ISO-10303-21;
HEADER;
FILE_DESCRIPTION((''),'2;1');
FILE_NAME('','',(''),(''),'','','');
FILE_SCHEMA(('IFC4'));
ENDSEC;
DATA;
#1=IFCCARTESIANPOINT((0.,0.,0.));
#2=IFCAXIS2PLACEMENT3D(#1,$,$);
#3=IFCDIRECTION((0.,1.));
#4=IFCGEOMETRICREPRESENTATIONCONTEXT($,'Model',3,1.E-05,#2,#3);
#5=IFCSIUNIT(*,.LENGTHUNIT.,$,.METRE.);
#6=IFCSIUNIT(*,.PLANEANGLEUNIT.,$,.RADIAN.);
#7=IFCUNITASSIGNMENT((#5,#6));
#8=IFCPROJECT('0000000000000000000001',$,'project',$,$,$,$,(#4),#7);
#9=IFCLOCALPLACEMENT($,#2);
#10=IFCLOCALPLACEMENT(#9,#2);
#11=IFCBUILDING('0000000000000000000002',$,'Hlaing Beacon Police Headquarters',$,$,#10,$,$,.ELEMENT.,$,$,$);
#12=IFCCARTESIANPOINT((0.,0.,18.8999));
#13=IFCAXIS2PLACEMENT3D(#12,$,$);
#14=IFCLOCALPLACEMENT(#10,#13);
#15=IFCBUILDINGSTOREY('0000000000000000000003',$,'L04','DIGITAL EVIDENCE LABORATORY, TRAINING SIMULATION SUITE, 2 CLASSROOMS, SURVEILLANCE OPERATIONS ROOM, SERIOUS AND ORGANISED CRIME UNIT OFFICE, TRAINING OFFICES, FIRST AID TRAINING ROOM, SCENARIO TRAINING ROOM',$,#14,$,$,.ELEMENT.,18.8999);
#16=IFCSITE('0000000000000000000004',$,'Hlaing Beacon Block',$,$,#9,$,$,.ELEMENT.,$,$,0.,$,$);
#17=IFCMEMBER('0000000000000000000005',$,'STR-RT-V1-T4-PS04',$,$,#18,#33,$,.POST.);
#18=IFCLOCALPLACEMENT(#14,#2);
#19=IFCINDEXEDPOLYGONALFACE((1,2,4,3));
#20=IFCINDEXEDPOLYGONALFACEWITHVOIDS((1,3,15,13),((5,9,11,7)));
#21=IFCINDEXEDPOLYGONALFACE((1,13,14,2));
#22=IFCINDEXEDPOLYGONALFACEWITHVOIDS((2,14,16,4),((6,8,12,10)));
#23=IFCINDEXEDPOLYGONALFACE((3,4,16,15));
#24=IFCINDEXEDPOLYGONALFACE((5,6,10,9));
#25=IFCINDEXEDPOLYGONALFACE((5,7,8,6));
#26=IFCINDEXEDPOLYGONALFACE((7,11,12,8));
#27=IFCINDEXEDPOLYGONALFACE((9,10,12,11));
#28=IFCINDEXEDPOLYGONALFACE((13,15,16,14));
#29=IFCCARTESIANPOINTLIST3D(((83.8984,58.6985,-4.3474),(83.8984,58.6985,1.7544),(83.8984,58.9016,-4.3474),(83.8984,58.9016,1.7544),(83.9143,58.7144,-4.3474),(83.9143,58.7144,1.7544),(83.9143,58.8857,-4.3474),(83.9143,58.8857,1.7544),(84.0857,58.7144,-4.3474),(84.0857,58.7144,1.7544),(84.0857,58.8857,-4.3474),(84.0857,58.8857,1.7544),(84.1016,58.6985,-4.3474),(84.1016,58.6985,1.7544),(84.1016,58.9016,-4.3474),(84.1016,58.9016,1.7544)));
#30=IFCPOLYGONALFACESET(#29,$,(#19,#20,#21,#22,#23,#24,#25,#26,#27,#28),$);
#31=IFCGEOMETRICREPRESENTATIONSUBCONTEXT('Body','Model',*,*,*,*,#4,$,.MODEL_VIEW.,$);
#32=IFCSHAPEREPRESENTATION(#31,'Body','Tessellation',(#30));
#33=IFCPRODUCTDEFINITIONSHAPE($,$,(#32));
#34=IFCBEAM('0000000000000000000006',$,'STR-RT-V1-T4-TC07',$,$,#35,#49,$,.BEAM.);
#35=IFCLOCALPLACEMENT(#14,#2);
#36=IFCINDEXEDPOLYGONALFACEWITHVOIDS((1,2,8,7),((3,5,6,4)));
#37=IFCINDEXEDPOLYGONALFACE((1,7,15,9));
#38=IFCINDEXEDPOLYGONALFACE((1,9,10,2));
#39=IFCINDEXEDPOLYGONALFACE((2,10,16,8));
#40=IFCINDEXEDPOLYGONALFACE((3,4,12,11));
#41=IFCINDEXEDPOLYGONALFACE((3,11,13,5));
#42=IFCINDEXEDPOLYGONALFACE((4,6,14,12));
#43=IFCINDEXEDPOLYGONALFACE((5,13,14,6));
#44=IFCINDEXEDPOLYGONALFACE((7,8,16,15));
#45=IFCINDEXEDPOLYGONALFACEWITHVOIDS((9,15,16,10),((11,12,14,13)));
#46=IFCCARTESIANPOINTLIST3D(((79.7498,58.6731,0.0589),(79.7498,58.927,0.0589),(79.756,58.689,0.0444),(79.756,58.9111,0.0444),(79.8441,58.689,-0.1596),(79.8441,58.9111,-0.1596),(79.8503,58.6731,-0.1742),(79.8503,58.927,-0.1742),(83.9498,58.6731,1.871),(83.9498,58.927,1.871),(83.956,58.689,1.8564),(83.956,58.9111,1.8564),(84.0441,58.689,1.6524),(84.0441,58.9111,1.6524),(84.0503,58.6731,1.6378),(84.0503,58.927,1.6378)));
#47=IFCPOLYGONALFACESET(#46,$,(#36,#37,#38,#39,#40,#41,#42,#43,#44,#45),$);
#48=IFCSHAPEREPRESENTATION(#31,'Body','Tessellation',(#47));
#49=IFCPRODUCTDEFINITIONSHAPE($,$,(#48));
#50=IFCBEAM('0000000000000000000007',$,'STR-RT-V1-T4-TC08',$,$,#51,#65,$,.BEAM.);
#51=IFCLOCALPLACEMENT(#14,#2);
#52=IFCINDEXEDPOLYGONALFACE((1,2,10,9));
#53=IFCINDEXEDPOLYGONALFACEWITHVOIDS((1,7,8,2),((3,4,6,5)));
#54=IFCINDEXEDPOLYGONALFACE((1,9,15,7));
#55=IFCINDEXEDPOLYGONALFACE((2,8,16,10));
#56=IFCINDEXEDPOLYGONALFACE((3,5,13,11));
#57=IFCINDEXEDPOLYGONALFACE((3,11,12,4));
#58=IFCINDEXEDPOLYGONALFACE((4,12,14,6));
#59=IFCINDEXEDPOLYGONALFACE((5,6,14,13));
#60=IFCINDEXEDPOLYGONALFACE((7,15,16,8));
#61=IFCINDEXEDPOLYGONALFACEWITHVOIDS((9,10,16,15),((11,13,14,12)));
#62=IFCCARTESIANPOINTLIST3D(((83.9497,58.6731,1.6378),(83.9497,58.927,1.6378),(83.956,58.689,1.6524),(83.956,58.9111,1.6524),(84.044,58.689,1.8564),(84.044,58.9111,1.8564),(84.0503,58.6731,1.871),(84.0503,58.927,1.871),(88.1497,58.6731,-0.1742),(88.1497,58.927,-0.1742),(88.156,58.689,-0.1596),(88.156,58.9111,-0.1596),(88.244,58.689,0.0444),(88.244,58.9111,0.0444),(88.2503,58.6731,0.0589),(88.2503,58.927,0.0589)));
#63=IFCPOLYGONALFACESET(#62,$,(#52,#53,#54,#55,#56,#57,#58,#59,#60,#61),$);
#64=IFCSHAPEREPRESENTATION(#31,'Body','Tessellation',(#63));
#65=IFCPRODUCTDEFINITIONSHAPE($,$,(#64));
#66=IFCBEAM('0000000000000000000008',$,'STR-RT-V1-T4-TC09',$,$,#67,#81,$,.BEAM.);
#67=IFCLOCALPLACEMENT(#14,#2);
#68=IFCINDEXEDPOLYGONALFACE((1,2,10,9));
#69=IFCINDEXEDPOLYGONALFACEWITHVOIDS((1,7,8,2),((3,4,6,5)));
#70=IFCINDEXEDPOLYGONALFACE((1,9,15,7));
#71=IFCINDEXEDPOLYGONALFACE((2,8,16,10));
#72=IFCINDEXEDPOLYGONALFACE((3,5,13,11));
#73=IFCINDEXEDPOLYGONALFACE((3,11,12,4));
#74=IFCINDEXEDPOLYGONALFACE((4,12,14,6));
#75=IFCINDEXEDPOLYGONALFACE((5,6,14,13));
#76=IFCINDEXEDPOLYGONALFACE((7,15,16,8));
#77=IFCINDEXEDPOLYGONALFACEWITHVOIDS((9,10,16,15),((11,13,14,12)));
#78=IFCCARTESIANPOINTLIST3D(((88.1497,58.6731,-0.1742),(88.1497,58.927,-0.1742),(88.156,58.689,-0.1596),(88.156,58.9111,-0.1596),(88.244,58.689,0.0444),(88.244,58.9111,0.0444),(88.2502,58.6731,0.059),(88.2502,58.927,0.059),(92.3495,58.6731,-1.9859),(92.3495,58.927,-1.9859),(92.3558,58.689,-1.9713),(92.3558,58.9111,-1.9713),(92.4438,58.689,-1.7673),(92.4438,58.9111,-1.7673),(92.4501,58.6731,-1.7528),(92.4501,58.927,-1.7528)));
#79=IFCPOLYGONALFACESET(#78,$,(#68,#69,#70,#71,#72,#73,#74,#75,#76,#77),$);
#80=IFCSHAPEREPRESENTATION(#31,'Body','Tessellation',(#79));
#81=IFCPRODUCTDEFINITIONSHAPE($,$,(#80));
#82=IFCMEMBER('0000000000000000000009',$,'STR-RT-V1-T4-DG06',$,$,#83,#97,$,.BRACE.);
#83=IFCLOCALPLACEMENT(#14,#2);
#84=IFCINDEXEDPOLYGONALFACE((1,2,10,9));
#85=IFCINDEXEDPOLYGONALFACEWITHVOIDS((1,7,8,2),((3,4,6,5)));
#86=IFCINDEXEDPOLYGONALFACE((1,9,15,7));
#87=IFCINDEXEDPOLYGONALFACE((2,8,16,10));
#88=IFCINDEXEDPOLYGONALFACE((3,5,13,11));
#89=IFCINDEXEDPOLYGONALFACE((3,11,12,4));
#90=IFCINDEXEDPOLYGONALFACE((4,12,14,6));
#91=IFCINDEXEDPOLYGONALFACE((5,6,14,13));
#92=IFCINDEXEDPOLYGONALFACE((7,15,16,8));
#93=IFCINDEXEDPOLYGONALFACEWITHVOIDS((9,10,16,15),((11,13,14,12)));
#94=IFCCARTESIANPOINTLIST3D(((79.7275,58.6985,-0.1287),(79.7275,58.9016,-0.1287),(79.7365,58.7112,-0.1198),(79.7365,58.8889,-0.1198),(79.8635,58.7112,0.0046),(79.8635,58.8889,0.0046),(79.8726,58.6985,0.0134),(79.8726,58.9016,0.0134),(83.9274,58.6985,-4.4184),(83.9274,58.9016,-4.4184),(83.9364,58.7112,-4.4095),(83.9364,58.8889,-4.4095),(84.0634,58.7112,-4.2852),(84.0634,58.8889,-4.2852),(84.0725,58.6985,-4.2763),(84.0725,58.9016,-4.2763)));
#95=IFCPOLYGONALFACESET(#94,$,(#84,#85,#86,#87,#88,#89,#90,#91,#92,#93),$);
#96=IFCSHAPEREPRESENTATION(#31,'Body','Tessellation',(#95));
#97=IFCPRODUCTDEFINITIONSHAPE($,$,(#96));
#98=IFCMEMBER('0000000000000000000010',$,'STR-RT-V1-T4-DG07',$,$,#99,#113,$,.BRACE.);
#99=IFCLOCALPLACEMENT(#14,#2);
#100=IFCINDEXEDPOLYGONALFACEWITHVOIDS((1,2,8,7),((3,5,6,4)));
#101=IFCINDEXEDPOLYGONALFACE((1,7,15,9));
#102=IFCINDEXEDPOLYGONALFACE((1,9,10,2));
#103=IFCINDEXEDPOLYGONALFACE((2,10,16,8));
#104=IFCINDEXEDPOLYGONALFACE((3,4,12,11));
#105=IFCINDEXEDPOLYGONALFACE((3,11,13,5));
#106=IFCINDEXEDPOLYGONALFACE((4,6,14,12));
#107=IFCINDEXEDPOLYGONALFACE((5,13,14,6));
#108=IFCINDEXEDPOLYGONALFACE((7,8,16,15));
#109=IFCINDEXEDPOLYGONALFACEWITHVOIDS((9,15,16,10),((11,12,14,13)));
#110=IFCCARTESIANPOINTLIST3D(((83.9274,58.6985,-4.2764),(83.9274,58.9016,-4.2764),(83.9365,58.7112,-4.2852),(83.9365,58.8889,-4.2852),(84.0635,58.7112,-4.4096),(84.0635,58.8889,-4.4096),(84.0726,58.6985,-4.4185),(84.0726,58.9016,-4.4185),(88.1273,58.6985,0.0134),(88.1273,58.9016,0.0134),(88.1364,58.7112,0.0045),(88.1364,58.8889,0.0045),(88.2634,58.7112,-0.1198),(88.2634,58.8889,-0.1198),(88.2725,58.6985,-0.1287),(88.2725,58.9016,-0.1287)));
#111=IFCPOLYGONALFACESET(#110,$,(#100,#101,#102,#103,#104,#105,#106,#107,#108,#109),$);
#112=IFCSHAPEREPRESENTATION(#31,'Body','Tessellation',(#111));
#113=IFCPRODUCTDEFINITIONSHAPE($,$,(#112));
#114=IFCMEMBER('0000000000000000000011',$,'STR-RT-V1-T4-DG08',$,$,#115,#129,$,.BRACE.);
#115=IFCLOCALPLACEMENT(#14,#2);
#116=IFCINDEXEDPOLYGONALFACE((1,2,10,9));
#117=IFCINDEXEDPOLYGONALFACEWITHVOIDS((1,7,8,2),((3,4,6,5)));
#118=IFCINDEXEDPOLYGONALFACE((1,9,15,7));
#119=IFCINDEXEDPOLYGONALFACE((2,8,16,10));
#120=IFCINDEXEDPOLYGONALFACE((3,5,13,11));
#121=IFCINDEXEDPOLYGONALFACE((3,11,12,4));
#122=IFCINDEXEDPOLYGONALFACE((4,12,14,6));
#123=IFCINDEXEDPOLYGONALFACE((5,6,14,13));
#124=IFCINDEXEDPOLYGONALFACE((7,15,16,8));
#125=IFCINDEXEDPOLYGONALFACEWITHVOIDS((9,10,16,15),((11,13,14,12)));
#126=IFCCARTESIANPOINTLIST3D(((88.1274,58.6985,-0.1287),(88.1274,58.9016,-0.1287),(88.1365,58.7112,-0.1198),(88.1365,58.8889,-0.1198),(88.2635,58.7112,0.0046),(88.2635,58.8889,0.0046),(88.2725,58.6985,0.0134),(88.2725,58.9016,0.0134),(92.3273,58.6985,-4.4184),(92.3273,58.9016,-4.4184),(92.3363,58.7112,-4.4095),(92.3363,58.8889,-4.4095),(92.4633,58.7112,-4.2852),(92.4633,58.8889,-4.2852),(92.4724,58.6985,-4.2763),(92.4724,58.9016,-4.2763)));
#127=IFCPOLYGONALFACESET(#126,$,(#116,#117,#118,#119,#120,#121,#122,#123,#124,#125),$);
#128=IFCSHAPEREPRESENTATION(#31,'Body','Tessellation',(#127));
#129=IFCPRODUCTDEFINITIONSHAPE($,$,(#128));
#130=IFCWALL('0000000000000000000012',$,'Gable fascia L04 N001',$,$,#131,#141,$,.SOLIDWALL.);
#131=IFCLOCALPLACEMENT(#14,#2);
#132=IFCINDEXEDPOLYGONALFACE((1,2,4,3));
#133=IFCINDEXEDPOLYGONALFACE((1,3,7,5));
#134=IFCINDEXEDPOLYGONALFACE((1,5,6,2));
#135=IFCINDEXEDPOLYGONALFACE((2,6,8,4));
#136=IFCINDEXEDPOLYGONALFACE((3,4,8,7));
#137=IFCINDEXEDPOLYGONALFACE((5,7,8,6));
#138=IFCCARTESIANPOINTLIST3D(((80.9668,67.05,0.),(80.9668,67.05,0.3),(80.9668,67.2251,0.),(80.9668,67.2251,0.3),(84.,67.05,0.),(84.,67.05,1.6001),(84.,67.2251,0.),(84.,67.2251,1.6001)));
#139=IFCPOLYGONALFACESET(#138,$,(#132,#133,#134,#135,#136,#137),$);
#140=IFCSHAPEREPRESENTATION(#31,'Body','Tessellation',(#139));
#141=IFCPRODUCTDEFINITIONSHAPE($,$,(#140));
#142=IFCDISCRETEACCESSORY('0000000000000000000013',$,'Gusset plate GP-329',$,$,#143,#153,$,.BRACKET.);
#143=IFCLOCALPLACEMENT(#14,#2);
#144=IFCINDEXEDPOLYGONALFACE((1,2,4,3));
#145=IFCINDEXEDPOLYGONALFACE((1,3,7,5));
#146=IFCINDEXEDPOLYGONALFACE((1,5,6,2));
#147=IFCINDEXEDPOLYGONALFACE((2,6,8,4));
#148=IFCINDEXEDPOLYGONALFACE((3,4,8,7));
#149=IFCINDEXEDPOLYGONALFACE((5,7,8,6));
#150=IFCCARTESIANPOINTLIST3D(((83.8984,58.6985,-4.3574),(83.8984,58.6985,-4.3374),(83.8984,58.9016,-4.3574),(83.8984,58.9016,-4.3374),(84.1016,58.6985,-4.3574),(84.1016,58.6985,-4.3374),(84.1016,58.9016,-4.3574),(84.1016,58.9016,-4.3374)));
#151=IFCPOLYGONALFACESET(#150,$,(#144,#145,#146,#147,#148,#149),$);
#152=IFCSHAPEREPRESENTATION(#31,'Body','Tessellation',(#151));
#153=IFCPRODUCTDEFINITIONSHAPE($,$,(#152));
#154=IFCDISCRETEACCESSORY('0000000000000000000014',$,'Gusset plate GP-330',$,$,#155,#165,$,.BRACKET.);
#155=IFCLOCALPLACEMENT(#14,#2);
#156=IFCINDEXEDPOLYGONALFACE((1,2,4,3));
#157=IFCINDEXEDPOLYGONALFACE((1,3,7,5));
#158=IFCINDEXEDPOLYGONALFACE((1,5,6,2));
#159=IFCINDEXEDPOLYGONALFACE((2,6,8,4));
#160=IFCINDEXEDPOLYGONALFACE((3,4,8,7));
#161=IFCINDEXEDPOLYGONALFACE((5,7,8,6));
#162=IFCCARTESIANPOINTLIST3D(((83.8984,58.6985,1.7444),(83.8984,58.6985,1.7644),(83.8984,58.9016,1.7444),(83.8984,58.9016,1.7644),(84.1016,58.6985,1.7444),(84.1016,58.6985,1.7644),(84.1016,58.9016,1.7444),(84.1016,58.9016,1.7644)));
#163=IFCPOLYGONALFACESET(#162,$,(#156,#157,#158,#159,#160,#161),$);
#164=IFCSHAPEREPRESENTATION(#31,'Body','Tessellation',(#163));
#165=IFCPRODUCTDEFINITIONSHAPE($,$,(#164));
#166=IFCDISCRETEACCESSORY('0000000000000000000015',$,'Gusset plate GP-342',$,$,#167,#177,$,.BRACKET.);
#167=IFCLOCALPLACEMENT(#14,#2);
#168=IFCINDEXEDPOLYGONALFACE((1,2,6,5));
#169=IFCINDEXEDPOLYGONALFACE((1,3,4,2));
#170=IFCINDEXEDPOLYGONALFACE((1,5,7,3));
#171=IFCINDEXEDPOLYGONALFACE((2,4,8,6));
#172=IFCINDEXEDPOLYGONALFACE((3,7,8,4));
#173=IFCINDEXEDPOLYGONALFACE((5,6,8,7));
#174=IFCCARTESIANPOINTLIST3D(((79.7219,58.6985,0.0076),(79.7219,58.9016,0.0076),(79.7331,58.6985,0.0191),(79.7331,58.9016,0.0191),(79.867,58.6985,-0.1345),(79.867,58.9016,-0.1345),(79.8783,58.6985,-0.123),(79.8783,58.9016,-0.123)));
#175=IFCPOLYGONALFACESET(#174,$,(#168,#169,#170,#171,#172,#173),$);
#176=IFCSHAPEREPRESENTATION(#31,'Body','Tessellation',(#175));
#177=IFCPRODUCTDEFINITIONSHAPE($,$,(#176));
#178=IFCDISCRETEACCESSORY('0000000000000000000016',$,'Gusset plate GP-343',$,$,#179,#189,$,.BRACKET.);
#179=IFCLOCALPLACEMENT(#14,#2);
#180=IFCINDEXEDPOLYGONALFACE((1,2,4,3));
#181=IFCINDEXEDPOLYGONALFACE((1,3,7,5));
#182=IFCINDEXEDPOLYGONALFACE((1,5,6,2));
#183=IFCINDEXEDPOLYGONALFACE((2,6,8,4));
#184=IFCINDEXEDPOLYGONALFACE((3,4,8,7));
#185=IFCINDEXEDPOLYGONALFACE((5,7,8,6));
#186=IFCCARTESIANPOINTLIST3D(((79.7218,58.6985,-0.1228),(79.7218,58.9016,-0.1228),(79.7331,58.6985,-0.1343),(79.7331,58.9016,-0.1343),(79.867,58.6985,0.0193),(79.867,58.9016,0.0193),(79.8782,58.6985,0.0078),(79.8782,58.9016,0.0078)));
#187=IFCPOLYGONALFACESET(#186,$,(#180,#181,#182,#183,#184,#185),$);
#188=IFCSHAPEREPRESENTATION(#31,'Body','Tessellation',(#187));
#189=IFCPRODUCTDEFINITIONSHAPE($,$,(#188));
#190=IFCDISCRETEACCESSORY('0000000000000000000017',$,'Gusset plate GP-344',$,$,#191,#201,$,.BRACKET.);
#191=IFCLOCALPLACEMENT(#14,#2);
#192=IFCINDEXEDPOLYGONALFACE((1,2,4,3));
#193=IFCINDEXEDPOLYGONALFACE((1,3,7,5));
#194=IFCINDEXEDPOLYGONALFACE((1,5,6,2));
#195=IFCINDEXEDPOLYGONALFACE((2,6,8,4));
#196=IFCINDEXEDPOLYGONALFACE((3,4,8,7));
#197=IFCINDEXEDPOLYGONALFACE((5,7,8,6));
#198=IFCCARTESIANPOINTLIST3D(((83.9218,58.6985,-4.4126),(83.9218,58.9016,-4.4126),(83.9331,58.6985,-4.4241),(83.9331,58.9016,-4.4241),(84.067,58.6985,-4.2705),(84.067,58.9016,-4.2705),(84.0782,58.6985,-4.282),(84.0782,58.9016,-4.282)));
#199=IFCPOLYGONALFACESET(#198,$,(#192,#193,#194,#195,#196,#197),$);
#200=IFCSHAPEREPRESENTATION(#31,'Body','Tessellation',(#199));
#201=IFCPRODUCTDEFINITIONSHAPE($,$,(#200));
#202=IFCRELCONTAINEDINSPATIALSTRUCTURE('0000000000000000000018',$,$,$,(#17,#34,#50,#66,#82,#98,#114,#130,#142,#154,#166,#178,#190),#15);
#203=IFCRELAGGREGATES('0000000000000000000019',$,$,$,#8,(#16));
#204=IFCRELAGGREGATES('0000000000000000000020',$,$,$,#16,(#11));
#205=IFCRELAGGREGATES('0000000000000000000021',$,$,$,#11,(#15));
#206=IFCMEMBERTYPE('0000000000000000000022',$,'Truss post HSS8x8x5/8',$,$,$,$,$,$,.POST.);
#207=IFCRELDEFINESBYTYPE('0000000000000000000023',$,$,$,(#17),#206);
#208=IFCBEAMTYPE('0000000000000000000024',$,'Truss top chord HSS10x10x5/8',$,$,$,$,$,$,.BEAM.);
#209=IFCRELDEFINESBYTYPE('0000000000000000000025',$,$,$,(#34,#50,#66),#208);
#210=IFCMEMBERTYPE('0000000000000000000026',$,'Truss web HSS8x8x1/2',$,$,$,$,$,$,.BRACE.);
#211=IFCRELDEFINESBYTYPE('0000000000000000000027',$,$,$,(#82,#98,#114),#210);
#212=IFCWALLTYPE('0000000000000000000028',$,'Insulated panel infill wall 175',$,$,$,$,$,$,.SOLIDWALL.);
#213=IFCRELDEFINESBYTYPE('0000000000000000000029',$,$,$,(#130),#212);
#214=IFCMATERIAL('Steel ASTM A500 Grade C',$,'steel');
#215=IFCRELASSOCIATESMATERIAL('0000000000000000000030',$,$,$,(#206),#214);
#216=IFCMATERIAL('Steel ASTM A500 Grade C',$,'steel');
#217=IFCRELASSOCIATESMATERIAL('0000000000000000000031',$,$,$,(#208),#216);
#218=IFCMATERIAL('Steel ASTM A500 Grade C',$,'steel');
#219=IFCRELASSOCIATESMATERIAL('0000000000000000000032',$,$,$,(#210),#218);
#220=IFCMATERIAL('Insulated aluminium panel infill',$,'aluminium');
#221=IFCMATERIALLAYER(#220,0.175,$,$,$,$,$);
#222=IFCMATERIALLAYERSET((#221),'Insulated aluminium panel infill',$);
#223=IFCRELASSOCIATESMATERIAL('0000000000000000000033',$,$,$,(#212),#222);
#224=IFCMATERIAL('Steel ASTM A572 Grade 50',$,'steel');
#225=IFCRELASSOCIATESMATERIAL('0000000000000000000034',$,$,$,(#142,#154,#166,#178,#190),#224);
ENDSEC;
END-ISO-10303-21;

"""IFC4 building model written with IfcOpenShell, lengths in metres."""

from ifc_helpers import new_model, si_unit, direction, frame, origin, origin_2d, place, context, subcontext, project, spatial, polyline, rectangle, hollow_rectangle, outline, extrude, material, layer, layer_set, material_profile, profile_set, type_object, element, save


model = new_model("IFC4")

# Units and contexts
model_context = context("Model", 3, precision=1e-05, world=origin(), true_north=direction((0.0, 1.0)))
body_context = subcontext(model_context, "Body", "Model", "MODEL_VIEW")
ifc_project = project(units=[si_unit("LENGTHUNIT", "METRE"), si_unit("PLANEANGLEUNIT", "RADIAN")], contexts=[model_context])

# Site, building, storey
site_placement = place(None, origin())
site = spatial("IfcSite", under=ifc_project, at=site_placement, Name="Hlaing Beacon Block", CompositionType="ELEMENT", RefElevation=0.0)
building_placement = place(site_placement, origin())
building = spatial("IfcBuilding", under=site, at=building_placement, Name="Hlaing Beacon Police Headquarters", CompositionType="ELEMENT")
storey_placement = place(building_placement, frame((0.0, 0.0, 18.8999)))
storey = spatial("IfcBuildingStorey", under=building, at=storey_placement, Name="L04", Description="DIGITAL EVIDENCE LABORATORY, TRAINING SIMULATION SUITE, 2 CLASSROOMS, SURVEILLANCE OPERATIONS ROOM, SERIOUS AND ORGANISED CRIME UNIT OFFICE, TRAINING OFFICES, FIRST AID TRAINING ROOM, SCENARIO TRAINING ROOM", CompositionType="ELEMENT", Elevation=18.8999)

# Member
ifc_material_1 = material(Name="Steel ASTM A500 Grade C", Category="steel")
ifc_material_profile_1 = material_profile(ifc_material_1, hollow_rectangle(XDim=0.2031, YDim=0.2031, WallThickness=0.0159, at=origin_2d()), Name="HSS8x8x5/8")
ifc_profile_set_1 = profile_set([ifc_material_profile_1], Name="Steel ASTM A500 Grade C")
member_type_1 = type_object("IfcMemberType", Name="Truss post HSS8x8x5/8", PredefinedType="POST", material=ifc_profile_set_1)
member_1_placement = place(storey_placement, frame((84.0, 58.8, -4.3474), z_axis=(0.0, 0.0, 1.0), x_axis=(1.0, 0.0, 0.0)))
element("IfcMember", 1, at=member_1_placement, inside=storey, type_object=member_type_1, Name="STR-RT-V1-T4-PS04", PredefinedType="POST", context=body_context, shape_type="SweptSolid", body=[
    extrude(hollow_rectangle(XDim=0.2031, YDim=0.2031, WallThickness=0.0159, at=origin_2d()), origin(), (0.0, 0.0, 1.0), 6.1018),
])

# Beams
ifc_material_2 = material(Name="Steel ASTM A500 Grade C", Category="steel")
ifc_material_profile_2 = material_profile(ifc_material_2, hollow_rectangle(XDim=0.2539, YDim=0.2539, WallThickness=0.0159, at=origin_2d()), Name="HSS10x10x5/8")
ifc_profile_set_2 = profile_set([ifc_material_profile_2], Name="Steel ASTM A500 Grade C")
beam_type_1 = type_object("IfcBeamType", Name="Truss top chord HSS10x10x5/8", PredefinedType="BEAM", material=ifc_profile_set_2)
for number, where, z_axis, x_axis, name in (
    (2, (79.8, 58.8, -0.0576), (0.91819, 0.0, 0.396141), (0.0, 1.0, 0.0), "STR-RT-V1-T4-TC07"),
    (3, (84.0, 58.8, 1.7544), (0.91819, 0.0, -0.396141), (0.0, 1.0, 0.0), "STR-RT-V1-T4-TC08"),
):
    element("IfcBeam", number, at=place(storey_placement, frame(where, z_axis=z_axis, x_axis=x_axis)), inside=storey, type_object=beam_type_1, Name=name, PredefinedType="BEAM", context=body_context, shape_type="SweptSolid", body=[
        extrude(hollow_rectangle(XDim=0.2539, YDim=0.2539, WallThickness=0.0159, at=origin_2d()), origin(), (0.0, 0.0, 1.0), 4.5742),
    ])
beam_1_placement = place(storey_placement, frame((88.2, 58.8, -0.0576), z_axis=(0.918209, 0.0, -0.396096), x_axis=(0.0, 1.0, 0.0)))
element("IfcBeam", 4, at=beam_1_placement, inside=storey, type_object=beam_type_1, Name="STR-RT-V1-T4-TC09", PredefinedType="BEAM", context=body_context, shape_type="SweptSolid", body=[
    extrude(hollow_rectangle(XDim=0.2539, YDim=0.2539, WallThickness=0.0159, at=origin_2d()), origin(), (0.0, 0.0, 1.0), 4.574),
])

# Members
ifc_material_3 = material(Name="Steel ASTM A500 Grade C", Category="steel")
ifc_material_profile_3 = material_profile(ifc_material_3, hollow_rectangle(XDim=0.2031, YDim=0.2031, WallThickness=0.0127, at=origin_2d()), Name="HSS8x8x1/2")
ifc_profile_set_3 = profile_set([ifc_material_profile_3], Name="Steel ASTM A500 Grade C")
member_type_2 = type_object("IfcMemberType", Name="Truss web HSS8x8x1/2", PredefinedType="BRACE", material=ifc_profile_set_3)
for number, where, z_axis, x_axis, name in (
    (5, (79.8, 58.8, -0.0576), (0.699585, 0.0, -0.71455), (0.0, 1.0, 0.0), "STR-RT-V1-T4-DG06"),
    (6, (84.0, 58.8, -4.3474), (0.699585, 0.0, 0.71455), (0.0, 1.0, 0.0), "STR-RT-V1-T4-DG07"),
    (7, (88.2, 58.8, -0.0576), (0.699585, 0.0, -0.71455), (0.0, 1.0, 0.0), "STR-RT-V1-T4-DG08"),
):
    element("IfcMember", number, at=place(storey_placement, frame(where, z_axis=z_axis, x_axis=x_axis)), inside=storey, type_object=member_type_2, Name=name, PredefinedType="BRACE", context=body_context, shape_type="SweptSolid", body=[
        extrude(hollow_rectangle(XDim=0.2031, YDim=0.2031, WallThickness=0.0127, at=origin_2d()), origin(), (0.0, 0.0, 1.0), 6.0034),
    ])

# Wall
ifc_material_4 = material(Name="Insulated aluminium panel infill", Category="aluminium")
ifc_layer = layer(ifc_material_4, 0.175)
ifc_layer_set = layer_set([ifc_layer], Name="Insulated aluminium panel infill")
wall_type = type_object("IfcWallType", Name="Insulated panel infill wall 175", PredefinedType="SOLIDWALL", material=ifc_layer_set)
wall_placement = place(storey_placement, frame((84.0, 67.1375, 0.0), z_axis=(0.0, 0.0, 1.0), x_axis=(-1.0, 0.0, 0.0)))
element("IfcWall", 8, at=wall_placement, inside=storey, type_object=wall_type, Name="Gable fascia L04 N001", PredefinedType="SOLIDWALL", context=body_context, shape_type="SweptSolid", body=[
    extrude(outline(polyline([(0.0, 0.0), (3.0332, 0.0), (3.0332, 0.3), (0.0, 1.6001), (0.0, 0.0)])), frame((0.0, 0.0874, 0.0), z_axis=(0.0, -1.0, 0.0), x_axis=(1.0, 0.0, 0.0)), (0.0, 0.0, 1.0), 0.175),
])

# Discrete accessories
ifc_material_5 = material(Name="Steel ASTM A572 Grade 50", Category="steel")
for number, where, z_axis, x_axis, name in (
    (9, (84.0, 58.8, -4.3374), (0.0, 0.0, -1.0), (1.0, 0.0, 0.0), "Gusset plate GP-329"),
    (10, (84.0, 58.8, 1.7444), (0.0, 0.0, 1.0), (1.0, 0.0, 0.0), "Gusset plate GP-330"),
):
    element("IfcDiscreteAccessory", number, at=place(storey_placement, frame(where, z_axis=z_axis, x_axis=x_axis)), inside=storey, material=ifc_material_5, Name=name, PredefinedType="BRACKET", context=body_context, shape_type="SweptSolid", body=[
        extrude(rectangle(XDim=0.2031, YDim=0.2031, at=origin_2d()), origin(), (0.0, 0.0, 1.0), 0.02),
    ])
for number, where, z_axis, x_axis, name in (
    (11, (79.7944, 58.8, -0.0635), (0.699585, 0.0, 0.71455), (0.0, 1.0, 0.0), "Gusset plate GP-342"),
    (12, (79.8057, 58.8, -0.0632), (-0.699585, 0.0, 0.71455), (0.0, -1.0, 0.0), "Gusset plate GP-343"),
    (13, (83.9944, 58.8, -4.3416), (0.699585, 0.0, -0.71455), (0.0, 1.0, 0.0), "Gusset plate GP-344"),
):
    element("IfcDiscreteAccessory", number, at=place(storey_placement, frame(where, z_axis=z_axis, x_axis=x_axis)), inside=storey, material=ifc_material_5, Name=name, PredefinedType="BRACKET", context=body_context, shape_type="SweptSolid", body=[
        extrude(rectangle(XDim=0.2031, YDim=0.2031, at=origin_2d()), origin(), (0.0, 0.0, 1.0), 0.0161),
    ])

save(model, "model.ifc")
